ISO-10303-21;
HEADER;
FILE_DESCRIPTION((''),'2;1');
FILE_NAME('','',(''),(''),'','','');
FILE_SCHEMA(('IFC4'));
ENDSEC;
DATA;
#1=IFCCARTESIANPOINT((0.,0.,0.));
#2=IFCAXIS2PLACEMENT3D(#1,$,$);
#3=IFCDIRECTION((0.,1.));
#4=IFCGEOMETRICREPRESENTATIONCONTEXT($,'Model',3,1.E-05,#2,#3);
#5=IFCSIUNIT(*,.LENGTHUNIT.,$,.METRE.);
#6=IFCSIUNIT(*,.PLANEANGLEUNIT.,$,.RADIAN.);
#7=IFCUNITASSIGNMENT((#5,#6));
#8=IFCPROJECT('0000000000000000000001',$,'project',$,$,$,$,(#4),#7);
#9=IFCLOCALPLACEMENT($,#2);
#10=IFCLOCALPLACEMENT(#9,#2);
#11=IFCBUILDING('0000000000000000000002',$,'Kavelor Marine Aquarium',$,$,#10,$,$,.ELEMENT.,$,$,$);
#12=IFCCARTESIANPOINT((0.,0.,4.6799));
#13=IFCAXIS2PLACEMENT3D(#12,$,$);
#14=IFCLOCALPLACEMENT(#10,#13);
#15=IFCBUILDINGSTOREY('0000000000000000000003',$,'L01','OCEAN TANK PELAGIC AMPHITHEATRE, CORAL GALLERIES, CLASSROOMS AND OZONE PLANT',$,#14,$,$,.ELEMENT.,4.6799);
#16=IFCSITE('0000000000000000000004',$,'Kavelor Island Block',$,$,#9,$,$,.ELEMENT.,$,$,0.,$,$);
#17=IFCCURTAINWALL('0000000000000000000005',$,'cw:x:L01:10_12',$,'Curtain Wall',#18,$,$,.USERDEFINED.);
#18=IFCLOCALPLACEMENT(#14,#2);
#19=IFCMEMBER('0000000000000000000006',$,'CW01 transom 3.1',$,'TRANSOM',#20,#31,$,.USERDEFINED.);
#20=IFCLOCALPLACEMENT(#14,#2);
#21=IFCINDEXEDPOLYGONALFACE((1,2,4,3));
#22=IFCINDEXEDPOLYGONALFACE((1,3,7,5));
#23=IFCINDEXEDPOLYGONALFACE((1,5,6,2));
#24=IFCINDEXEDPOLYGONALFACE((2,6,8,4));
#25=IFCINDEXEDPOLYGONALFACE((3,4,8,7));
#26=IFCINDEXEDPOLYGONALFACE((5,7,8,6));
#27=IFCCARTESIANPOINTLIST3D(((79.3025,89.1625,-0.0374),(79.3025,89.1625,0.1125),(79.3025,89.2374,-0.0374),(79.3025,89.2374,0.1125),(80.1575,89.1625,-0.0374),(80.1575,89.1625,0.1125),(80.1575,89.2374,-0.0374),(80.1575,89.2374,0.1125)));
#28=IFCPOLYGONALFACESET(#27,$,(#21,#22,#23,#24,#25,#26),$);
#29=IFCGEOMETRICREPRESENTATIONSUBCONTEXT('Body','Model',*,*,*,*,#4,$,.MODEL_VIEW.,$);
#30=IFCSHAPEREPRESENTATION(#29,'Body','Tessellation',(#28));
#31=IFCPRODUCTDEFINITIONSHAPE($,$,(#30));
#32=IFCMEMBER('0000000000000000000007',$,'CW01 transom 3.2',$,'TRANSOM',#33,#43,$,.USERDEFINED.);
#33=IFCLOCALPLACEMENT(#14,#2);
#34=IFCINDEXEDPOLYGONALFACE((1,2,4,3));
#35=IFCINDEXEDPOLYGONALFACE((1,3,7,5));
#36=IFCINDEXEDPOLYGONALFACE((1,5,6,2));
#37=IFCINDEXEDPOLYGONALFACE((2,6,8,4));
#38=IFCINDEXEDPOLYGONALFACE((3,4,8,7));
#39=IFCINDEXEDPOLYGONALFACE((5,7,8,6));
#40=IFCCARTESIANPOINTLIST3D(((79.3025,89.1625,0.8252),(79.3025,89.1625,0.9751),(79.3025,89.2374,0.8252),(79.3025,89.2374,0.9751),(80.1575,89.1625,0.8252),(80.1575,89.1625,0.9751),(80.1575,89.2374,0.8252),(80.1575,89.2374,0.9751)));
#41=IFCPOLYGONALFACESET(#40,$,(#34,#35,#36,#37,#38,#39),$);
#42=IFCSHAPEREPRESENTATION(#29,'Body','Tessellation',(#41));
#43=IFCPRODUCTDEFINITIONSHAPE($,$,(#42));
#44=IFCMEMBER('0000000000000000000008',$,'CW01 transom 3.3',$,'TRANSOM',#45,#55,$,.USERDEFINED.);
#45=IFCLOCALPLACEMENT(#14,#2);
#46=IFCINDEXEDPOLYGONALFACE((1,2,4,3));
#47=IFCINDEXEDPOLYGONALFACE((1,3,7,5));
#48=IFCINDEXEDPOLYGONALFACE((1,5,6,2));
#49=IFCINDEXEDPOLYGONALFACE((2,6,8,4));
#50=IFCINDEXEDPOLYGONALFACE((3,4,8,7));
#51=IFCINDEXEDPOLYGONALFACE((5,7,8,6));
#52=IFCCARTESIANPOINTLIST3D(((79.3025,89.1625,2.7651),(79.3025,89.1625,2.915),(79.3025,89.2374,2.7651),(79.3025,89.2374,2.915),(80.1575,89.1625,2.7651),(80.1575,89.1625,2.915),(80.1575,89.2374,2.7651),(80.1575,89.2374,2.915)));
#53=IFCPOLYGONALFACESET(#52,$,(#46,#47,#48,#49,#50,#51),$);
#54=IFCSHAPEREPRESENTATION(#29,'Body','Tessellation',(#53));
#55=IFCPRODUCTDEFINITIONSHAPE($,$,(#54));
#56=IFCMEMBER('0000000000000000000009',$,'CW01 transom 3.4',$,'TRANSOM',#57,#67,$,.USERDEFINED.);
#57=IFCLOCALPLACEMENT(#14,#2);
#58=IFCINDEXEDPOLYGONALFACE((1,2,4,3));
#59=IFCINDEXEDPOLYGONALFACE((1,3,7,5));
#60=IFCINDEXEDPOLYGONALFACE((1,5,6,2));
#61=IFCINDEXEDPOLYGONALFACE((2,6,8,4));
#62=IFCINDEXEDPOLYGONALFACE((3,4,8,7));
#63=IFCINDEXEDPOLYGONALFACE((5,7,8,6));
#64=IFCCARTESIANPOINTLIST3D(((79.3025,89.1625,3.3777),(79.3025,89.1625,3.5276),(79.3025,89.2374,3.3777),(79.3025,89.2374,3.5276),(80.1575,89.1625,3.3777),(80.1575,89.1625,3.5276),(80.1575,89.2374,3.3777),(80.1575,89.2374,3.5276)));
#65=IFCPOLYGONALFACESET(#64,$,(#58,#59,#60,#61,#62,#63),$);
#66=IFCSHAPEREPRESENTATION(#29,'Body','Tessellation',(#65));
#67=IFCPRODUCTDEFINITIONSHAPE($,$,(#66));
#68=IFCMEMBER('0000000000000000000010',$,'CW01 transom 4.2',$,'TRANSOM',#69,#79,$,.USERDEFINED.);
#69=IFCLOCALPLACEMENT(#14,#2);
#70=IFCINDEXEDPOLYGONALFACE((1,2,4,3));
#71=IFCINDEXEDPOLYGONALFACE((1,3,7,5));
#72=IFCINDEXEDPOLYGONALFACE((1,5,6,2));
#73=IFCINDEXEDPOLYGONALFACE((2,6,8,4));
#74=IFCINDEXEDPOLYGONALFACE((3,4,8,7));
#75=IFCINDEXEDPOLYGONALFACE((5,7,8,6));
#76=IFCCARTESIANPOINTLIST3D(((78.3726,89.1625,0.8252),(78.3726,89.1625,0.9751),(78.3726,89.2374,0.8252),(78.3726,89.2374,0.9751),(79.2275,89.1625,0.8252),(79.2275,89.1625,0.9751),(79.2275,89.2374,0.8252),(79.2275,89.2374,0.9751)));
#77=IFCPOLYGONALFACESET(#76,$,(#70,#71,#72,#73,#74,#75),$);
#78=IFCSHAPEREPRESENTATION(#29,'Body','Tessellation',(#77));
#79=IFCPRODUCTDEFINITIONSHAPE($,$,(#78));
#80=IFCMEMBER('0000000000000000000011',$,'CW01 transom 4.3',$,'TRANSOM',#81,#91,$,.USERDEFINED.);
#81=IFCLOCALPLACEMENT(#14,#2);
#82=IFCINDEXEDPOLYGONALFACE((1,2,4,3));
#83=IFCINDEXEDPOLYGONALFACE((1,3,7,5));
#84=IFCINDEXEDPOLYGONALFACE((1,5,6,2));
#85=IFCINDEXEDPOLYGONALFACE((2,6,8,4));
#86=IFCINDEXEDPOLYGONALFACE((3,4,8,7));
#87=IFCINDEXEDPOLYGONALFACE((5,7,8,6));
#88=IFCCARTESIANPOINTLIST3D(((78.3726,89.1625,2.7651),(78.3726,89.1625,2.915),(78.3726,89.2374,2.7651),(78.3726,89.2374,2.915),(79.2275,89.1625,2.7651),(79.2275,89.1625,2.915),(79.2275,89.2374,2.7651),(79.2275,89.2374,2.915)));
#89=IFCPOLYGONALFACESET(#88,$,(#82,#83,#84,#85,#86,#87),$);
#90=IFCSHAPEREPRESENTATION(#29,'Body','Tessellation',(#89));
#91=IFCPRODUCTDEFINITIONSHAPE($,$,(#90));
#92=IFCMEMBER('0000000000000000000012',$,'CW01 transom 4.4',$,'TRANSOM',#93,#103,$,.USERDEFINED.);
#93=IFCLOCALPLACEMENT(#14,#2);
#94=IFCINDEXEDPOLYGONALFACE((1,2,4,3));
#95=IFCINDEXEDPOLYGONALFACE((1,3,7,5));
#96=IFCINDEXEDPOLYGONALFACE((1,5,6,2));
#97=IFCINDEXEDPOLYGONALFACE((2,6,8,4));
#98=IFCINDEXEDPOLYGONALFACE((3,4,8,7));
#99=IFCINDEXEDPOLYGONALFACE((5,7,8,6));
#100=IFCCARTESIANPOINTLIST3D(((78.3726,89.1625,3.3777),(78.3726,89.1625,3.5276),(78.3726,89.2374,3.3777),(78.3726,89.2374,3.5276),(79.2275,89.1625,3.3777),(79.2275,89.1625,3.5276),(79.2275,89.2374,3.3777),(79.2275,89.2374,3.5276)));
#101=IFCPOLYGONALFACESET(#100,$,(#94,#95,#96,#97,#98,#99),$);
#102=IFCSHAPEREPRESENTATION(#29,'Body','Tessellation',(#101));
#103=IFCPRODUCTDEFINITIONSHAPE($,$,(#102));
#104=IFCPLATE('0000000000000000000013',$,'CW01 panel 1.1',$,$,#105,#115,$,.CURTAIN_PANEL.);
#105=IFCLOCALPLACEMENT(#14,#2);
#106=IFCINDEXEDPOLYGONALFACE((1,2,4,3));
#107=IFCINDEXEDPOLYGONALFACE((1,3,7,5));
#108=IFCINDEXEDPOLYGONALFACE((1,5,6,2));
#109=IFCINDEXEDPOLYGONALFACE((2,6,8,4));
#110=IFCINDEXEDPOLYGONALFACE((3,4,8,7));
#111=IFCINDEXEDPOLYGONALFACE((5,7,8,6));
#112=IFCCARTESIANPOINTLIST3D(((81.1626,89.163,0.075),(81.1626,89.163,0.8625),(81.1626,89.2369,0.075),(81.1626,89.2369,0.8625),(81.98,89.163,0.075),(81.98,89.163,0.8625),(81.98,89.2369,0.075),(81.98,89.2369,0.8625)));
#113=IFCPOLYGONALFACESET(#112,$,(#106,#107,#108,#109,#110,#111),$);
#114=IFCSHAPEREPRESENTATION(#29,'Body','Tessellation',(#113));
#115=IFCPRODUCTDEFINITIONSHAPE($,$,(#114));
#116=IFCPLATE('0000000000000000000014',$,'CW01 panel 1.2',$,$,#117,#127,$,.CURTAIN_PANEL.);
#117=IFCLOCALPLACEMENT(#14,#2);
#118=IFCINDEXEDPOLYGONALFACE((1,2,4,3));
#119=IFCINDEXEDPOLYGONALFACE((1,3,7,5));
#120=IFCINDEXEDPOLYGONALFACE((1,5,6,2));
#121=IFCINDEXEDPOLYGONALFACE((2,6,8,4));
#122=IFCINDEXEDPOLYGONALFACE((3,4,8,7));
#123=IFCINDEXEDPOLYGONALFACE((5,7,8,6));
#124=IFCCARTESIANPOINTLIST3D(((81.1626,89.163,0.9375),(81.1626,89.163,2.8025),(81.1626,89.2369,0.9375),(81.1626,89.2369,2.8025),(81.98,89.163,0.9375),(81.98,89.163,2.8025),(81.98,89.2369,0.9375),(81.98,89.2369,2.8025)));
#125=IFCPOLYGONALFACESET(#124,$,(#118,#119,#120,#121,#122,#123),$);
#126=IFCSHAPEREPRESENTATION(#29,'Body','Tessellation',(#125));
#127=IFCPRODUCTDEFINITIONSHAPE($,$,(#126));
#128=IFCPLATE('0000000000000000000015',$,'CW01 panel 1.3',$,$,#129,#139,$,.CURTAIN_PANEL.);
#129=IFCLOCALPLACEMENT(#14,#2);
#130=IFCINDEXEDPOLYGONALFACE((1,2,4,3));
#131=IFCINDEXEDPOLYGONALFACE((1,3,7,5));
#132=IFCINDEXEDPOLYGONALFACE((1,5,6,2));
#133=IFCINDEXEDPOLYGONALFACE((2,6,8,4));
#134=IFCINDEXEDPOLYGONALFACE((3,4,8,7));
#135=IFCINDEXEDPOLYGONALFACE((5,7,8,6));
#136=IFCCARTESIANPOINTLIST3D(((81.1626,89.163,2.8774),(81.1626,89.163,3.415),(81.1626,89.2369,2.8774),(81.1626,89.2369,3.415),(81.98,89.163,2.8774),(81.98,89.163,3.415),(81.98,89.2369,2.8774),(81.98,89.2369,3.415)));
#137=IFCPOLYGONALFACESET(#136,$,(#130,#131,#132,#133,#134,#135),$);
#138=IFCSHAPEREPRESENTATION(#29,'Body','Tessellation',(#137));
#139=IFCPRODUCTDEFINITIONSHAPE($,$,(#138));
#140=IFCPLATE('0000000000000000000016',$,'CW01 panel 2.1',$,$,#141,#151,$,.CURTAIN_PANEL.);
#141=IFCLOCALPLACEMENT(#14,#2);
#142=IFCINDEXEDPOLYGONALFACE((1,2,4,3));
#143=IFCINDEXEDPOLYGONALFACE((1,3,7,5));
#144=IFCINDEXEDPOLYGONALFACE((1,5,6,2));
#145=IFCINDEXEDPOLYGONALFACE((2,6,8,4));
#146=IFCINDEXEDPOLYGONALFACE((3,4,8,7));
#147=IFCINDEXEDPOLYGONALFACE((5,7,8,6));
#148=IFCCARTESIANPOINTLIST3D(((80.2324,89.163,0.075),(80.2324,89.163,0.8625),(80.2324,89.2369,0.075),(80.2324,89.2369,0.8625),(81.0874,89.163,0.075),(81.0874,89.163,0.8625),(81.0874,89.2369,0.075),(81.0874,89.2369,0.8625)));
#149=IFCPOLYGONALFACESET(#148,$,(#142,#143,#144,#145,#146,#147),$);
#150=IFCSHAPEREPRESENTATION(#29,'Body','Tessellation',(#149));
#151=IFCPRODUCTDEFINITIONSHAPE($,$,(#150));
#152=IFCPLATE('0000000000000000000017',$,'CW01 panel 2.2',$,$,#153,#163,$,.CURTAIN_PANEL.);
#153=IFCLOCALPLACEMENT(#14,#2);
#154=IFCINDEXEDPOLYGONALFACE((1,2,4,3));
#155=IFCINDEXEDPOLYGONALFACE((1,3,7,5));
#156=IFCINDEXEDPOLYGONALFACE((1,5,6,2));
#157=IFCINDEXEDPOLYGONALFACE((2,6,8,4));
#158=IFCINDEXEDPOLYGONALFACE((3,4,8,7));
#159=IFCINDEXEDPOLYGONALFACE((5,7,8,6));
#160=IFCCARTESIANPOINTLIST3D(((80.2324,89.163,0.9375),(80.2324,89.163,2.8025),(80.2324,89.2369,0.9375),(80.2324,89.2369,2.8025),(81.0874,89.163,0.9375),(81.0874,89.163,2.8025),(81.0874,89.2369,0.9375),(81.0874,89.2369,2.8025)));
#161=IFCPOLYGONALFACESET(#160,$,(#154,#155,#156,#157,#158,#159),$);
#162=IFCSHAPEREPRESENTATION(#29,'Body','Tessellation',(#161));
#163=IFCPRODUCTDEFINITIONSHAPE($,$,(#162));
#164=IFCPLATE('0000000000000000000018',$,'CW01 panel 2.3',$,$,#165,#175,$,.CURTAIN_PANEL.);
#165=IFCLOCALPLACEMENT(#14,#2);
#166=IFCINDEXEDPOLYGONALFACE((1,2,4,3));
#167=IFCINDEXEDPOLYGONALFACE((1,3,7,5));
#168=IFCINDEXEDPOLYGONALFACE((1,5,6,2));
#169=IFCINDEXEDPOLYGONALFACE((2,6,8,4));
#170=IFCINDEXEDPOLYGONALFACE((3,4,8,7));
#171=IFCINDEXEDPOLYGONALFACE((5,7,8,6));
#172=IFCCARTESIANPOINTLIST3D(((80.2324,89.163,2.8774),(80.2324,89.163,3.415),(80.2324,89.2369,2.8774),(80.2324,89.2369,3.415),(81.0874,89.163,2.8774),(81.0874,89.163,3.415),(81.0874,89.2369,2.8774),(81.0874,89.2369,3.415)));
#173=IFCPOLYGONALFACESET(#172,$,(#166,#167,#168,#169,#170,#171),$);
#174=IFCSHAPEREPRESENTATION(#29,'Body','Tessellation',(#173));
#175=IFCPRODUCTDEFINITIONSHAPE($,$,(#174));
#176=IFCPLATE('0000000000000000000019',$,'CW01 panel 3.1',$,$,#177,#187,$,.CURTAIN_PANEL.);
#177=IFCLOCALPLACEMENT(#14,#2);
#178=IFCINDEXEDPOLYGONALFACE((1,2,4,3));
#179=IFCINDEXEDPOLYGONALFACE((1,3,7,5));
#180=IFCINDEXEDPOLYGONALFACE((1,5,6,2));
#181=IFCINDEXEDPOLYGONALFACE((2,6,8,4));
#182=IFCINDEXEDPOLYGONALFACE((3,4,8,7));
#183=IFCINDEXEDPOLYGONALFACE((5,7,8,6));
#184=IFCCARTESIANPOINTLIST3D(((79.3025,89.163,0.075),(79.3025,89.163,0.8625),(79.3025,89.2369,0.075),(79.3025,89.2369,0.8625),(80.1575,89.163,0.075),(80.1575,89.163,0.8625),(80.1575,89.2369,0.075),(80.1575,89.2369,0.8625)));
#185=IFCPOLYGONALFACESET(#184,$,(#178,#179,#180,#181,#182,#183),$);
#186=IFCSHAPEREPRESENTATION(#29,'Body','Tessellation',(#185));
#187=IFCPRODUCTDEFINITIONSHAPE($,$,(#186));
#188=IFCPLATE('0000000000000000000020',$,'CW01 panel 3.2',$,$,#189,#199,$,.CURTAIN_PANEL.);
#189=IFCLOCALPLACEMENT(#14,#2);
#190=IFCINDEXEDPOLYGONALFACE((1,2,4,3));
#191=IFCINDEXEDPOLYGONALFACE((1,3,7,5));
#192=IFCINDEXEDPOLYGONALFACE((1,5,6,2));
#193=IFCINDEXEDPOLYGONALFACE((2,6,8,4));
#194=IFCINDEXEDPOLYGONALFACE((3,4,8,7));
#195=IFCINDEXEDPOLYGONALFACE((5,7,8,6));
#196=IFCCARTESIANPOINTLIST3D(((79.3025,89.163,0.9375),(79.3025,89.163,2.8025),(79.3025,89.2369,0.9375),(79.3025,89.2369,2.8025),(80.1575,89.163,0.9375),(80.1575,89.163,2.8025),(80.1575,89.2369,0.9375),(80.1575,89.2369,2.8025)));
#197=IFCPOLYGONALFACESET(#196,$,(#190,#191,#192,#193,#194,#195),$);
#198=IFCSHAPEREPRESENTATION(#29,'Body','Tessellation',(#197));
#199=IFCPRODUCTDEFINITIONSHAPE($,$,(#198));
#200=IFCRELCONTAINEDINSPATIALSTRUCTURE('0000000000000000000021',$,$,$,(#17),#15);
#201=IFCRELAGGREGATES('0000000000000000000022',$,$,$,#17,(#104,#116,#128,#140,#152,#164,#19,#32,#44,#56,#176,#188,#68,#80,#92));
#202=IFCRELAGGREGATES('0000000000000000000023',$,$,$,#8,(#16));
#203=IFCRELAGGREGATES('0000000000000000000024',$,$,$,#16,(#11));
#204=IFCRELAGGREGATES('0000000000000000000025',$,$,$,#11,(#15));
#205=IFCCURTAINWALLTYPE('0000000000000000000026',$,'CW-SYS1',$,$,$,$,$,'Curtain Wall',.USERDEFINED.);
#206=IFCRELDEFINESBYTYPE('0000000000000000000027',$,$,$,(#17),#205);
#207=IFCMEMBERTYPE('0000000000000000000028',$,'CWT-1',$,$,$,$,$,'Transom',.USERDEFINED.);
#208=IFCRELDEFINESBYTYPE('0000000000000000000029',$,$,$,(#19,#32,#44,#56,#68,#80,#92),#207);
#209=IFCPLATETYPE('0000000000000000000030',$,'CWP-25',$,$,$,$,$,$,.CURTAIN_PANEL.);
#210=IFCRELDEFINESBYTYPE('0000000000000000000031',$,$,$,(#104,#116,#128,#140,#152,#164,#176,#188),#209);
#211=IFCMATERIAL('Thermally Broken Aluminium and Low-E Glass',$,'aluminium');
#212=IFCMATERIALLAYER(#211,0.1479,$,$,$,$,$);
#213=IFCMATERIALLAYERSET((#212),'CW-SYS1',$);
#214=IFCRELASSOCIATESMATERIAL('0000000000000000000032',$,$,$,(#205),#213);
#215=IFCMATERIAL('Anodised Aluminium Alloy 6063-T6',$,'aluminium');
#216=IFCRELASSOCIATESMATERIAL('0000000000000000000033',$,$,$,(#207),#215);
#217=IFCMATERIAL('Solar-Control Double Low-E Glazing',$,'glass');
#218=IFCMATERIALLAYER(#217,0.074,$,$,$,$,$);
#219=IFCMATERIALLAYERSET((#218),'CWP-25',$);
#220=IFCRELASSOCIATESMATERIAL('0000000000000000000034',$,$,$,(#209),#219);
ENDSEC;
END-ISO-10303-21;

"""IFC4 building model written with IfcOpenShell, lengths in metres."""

from ifc_helpers import new_model, si_unit, direction, frame, origin, origin_2d, place, context, subcontext, project, spatial, rectangle, extrude, material, layer, layer_set, material_profile, profile_set, type_object, element, aggregate, save


model = new_model("IFC4")

# Units and contexts
model_context = context("Model", 3, precision=1e-05, world=origin(), true_north=direction((0.0, 1.0)))
body_context = subcontext(model_context, "Body", "Model", "MODEL_VIEW")
ifc_project = project(units=[si_unit("LENGTHUNIT", "METRE"), si_unit("PLANEANGLEUNIT", "RADIAN")], contexts=[model_context])

# Site, building, storey
site_placement = place(None, origin())
site = spatial("IfcSite", under=ifc_project, at=site_placement, Name="Kavelor Island Block", CompositionType="ELEMENT", RefElevation=0.0)
building_placement = place(site_placement, origin())
building = spatial("IfcBuilding", under=site, at=building_placement, Name="Kavelor Marine Aquarium", CompositionType="ELEMENT")
storey_placement = place(building_placement, frame((0.0, 0.0, 4.6799)))
storey = spatial("IfcBuildingStorey", under=building, at=storey_placement, Name="L01", Description="OCEAN TANK PELAGIC AMPHITHEATRE, CORAL GALLERIES, CLASSROOMS AND OZONE PLANT", CompositionType="ELEMENT", Elevation=4.6799)

# Curtain wall, members, plates
ifc_material_1 = material(Name="Thermally Broken Aluminium and Low-E Glass", Category="aluminium")
ifc_layer_1 = layer(ifc_material_1, 0.1479)
ifc_layer_set_1 = layer_set([ifc_layer_1], Name="CW-SYS1")
curtain_wall_type = type_object("IfcCurtainWallType", Name="CW-SYS1", ElementType="Curtain Wall", PredefinedType="USERDEFINED", material=ifc_layer_set_1)
curtain_wall_placement = place(storey_placement, origin())
curtain_wall = element("IfcCurtainWall", 1, at=curtain_wall_placement, inside=storey, type_object=curtain_wall_type, Name="cw:x:L01:10_12", ObjectType="Curtain Wall", PredefinedType="USERDEFINED")
ifc_material_2 = material(Name="Anodised Aluminium Alloy 6063-T6", Category="aluminium")
ifc_material_profile_1 = material_profile(ifc_material_2, rectangle(XDim=0.075, YDim=0.1499, at=origin_2d()), Name="CW-TRN 75x150")
ifc_profile_set_1 = profile_set([ifc_material_profile_1], Name="Anodised Aluminium Alloy 6063-T6")
member_type_1 = type_object("IfcMemberType", Name="CWT-1", ElementType="Transom", PredefinedType="USERDEFINED", material=ifc_profile_set_1)
member_1_placement = place(storey_placement, frame((80.1575, 89.2, 0.0376), z_axis=(-1.0, 0.0, 0.0), x_axis=(0.0, -1.0, 0.0)))
member_1 = element("IfcMember", 2, at=member_1_placement, type_object=member_type_1, Name="CW01 transom 3.1", ObjectType="TRANSOM", PredefinedType="USERDEFINED", context=body_context, shape_type="SweptSolid", body=[
    extrude(rectangle(XDim=0.075, YDim=0.1499, at=origin_2d()), origin(), (0.0, 0.0, 1.0), 0.855),
])
member_2_placement = place(storey_placement, frame((80.1575, 89.2, 0.9001), z_axis=(-1.0, 0.0, 0.0), x_axis=(0.0, -1.0, 0.0)))
member_2 = element("IfcMember", 3, at=member_2_placement, type_object=member_type_1, Name="CW01 transom 3.2", ObjectType="TRANSOM", PredefinedType="USERDEFINED", context=body_context, shape_type="SweptSolid", body=[
    extrude(rectangle(XDim=0.075, YDim=0.1499, at=origin_2d()), origin(), (0.0, 0.0, 1.0), 0.855),
])
member_3_placement = place(storey_placement, frame((80.1575, 89.2, 2.8401), z_axis=(-1.0, 0.0, 0.0), x_axis=(0.0, -1.0, 0.0)))
member_3 = element("IfcMember", 4, at=member_3_placement, type_object=member_type_1, Name="CW01 transom 3.3", ObjectType="TRANSOM", PredefinedType="USERDEFINED", context=body_context, shape_type="SweptSolid", body=[
    extrude(rectangle(XDim=0.075, YDim=0.1499, at=origin_2d()), origin(), (0.0, 0.0, 1.0), 0.855),
])
member_4_placement = place(storey_placement, frame((80.1575, 89.2, 3.4526), z_axis=(-1.0, 0.0, 0.0), x_axis=(0.0, -1.0, 0.0)))
member_4 = element("IfcMember", 5, at=member_4_placement, type_object=member_type_1, Name="CW01 transom 3.4", ObjectType="TRANSOM", PredefinedType="USERDEFINED", context=body_context, shape_type="SweptSolid", body=[
    extrude(rectangle(XDim=0.075, YDim=0.1499, at=origin_2d()), origin(), (0.0, 0.0, 1.0), 0.855),
])
member_5_placement = place(storey_placement, frame((79.2275, 89.2, 0.9001), z_axis=(-1.0, 0.0, 0.0), x_axis=(0.0, -1.0, 0.0)))
member_5 = element("IfcMember", 6, at=member_5_placement, type_object=member_type_1, Name="CW01 transom 4.2", ObjectType="TRANSOM", PredefinedType="USERDEFINED", context=body_context, shape_type="SweptSolid", body=[
    extrude(rectangle(XDim=0.075, YDim=0.1499, at=origin_2d()), origin(), (0.0, 0.0, 1.0), 0.855),
])
member_6_placement = place(storey_placement, frame((79.2275, 89.2, 2.8401), z_axis=(-1.0, 0.0, 0.0), x_axis=(0.0, -1.0, 0.0)))
member_6 = element("IfcMember", 7, at=member_6_placement, type_object=member_type_1, Name="CW01 transom 4.3", ObjectType="TRANSOM", PredefinedType="USERDEFINED", context=body_context, shape_type="SweptSolid", body=[
    extrude(rectangle(XDim=0.075, YDim=0.1499, at=origin_2d()), origin(), (0.0, 0.0, 1.0), 0.855),
])
member_7_placement = place(storey_placement, frame((79.2275, 89.2, 3.4526), z_axis=(-1.0, 0.0, 0.0), x_axis=(0.0, -1.0, 0.0)))
member_7 = element("IfcMember", 8, at=member_7_placement, type_object=member_type_1, Name="CW01 transom 4.4", ObjectType="TRANSOM", PredefinedType="USERDEFINED", context=body_context, shape_type="SweptSolid", body=[
    extrude(rectangle(XDim=0.075, YDim=0.1499, at=origin_2d()), origin(), (0.0, 0.0, 1.0), 0.855),
])
ifc_material_3 = material(Name="Solar-Control Double Low-E Glazing", Category="glass")
ifc_layer_2 = layer(ifc_material_3, 0.074)
ifc_layer_set_2 = layer_set([ifc_layer_2], Name="CWP-25")
plate_type = type_object("IfcPlateType", Name="CWP-25", PredefinedType="CURTAIN_PANEL", material=ifc_layer_set_2)
plate_1_placement = place(storey_placement, frame((81.5713, 89.2, 0.075), z_axis=(0.0, 0.0, 1.0), x_axis=(-1.0, 0.0, 0.0)))
plate_1 = element("IfcPlate", 9, at=plate_1_placement, type_object=plate_type, Name="CW01 panel 1.1", PredefinedType="CURTAIN_PANEL", context=body_context, shape_type="SweptSolid", body=[
    extrude(rectangle(XDim=0.8174, YDim=0.074, at=origin_2d()), origin(), (0.0, 0.0, 1.0), 0.7876),
])
plate_2_placement = place(storey_placement, frame((81.5713, 89.2, 0.9375), z_axis=(0.0, 0.0, 1.0), x_axis=(-1.0, 0.0, 0.0)))
plate_2 = element("IfcPlate", 10, at=plate_2_placement, type_object=plate_type, Name="CW01 panel 1.2", PredefinedType="CURTAIN_PANEL", context=body_context, shape_type="SweptSolid", body=[
    extrude(rectangle(XDim=0.8174, YDim=0.074, at=origin_2d()), origin(), (0.0, 0.0, 1.0), 1.865),
])
plate_3_placement = place(storey_placement, frame((81.5713, 89.2, 2.8774), z_axis=(0.0, 0.0, 1.0), x_axis=(-1.0, 0.0, 0.0)))
plate_3 = element("IfcPlate", 11, at=plate_3_placement, type_object=plate_type, Name="CW01 panel 1.3", PredefinedType="CURTAIN_PANEL", context=body_context, shape_type="SweptSolid", body=[
    extrude(rectangle(XDim=0.8174, YDim=0.074, at=origin_2d()), origin(), (0.0, 0.0, 1.0), 0.5376),
])
plate_4_placement = place(storey_placement, frame((80.6599, 89.2, 0.075), z_axis=(0.0, 0.0, 1.0), x_axis=(-1.0, 0.0, 0.0)))
plate_4 = element("IfcPlate", 12, at=plate_4_placement, type_object=plate_type, Name="CW01 panel 2.1", PredefinedType="CURTAIN_PANEL", context=body_context, shape_type="SweptSolid", body=[
    extrude(rectangle(XDim=0.855, YDim=0.074, at=origin_2d()), origin(), (0.0, 0.0, 1.0), 0.7876),
])
plate_5_placement = place(storey_placement, frame((80.6599, 89.2, 0.9375), z_axis=(0.0, 0.0, 1.0), x_axis=(-1.0, 0.0, 0.0)))
plate_5 = element("IfcPlate", 13, at=plate_5_placement, type_object=plate_type, Name="CW01 panel 2.2", PredefinedType="CURTAIN_PANEL", context=body_context, shape_type="SweptSolid", body=[
    extrude(rectangle(XDim=0.855, YDim=0.074, at=origin_2d()), origin(), (0.0, 0.0, 1.0), 1.865),
])
plate_6_placement = place(storey_placement, frame((80.6599, 89.2, 2.8774), z_axis=(0.0, 0.0, 1.0), x_axis=(-1.0, 0.0, 0.0)))
plate_6 = element("IfcPlate", 14, at=plate_6_placement, type_object=plate_type, Name="CW01 panel 2.3", PredefinedType="CURTAIN_PANEL", context=body_context, shape_type="SweptSolid", body=[
    extrude(rectangle(XDim=0.855, YDim=0.074, at=origin_2d()), origin(), (0.0, 0.0, 1.0), 0.5376),
])
plate_7_placement = place(storey_placement, frame((79.73, 89.2, 0.075), z_axis=(0.0, 0.0, 1.0), x_axis=(-1.0, 0.0, 0.0)))
plate_7 = element("IfcPlate", 15, at=plate_7_placement, type_object=plate_type, Name="CW01 panel 3.1", PredefinedType="CURTAIN_PANEL", context=body_context, shape_type="SweptSolid", body=[
    extrude(rectangle(XDim=0.855, YDim=0.074, at=origin_2d()), origin(), (0.0, 0.0, 1.0), 0.7876),
])
plate_8_placement = place(storey_placement, frame((79.73, 89.2, 0.9375), z_axis=(0.0, 0.0, 1.0), x_axis=(-1.0, 0.0, 0.0)))
plate_8 = element("IfcPlate", 16, at=plate_8_placement, type_object=plate_type, Name="CW01 panel 3.2", PredefinedType="CURTAIN_PANEL", context=body_context, shape_type="SweptSolid", body=[
    extrude(rectangle(XDim=0.855, YDim=0.074, at=origin_2d()), origin(), (0.0, 0.0, 1.0), 1.865),
])
aggregate(curtain_wall, [plate_1, plate_2, plate_3, plate_4, plate_5, plate_6, member_1, member_2, member_3, member_4, plate_7, plate_8, member_5, member_6, member_7])

save(model, "model.ifc")
